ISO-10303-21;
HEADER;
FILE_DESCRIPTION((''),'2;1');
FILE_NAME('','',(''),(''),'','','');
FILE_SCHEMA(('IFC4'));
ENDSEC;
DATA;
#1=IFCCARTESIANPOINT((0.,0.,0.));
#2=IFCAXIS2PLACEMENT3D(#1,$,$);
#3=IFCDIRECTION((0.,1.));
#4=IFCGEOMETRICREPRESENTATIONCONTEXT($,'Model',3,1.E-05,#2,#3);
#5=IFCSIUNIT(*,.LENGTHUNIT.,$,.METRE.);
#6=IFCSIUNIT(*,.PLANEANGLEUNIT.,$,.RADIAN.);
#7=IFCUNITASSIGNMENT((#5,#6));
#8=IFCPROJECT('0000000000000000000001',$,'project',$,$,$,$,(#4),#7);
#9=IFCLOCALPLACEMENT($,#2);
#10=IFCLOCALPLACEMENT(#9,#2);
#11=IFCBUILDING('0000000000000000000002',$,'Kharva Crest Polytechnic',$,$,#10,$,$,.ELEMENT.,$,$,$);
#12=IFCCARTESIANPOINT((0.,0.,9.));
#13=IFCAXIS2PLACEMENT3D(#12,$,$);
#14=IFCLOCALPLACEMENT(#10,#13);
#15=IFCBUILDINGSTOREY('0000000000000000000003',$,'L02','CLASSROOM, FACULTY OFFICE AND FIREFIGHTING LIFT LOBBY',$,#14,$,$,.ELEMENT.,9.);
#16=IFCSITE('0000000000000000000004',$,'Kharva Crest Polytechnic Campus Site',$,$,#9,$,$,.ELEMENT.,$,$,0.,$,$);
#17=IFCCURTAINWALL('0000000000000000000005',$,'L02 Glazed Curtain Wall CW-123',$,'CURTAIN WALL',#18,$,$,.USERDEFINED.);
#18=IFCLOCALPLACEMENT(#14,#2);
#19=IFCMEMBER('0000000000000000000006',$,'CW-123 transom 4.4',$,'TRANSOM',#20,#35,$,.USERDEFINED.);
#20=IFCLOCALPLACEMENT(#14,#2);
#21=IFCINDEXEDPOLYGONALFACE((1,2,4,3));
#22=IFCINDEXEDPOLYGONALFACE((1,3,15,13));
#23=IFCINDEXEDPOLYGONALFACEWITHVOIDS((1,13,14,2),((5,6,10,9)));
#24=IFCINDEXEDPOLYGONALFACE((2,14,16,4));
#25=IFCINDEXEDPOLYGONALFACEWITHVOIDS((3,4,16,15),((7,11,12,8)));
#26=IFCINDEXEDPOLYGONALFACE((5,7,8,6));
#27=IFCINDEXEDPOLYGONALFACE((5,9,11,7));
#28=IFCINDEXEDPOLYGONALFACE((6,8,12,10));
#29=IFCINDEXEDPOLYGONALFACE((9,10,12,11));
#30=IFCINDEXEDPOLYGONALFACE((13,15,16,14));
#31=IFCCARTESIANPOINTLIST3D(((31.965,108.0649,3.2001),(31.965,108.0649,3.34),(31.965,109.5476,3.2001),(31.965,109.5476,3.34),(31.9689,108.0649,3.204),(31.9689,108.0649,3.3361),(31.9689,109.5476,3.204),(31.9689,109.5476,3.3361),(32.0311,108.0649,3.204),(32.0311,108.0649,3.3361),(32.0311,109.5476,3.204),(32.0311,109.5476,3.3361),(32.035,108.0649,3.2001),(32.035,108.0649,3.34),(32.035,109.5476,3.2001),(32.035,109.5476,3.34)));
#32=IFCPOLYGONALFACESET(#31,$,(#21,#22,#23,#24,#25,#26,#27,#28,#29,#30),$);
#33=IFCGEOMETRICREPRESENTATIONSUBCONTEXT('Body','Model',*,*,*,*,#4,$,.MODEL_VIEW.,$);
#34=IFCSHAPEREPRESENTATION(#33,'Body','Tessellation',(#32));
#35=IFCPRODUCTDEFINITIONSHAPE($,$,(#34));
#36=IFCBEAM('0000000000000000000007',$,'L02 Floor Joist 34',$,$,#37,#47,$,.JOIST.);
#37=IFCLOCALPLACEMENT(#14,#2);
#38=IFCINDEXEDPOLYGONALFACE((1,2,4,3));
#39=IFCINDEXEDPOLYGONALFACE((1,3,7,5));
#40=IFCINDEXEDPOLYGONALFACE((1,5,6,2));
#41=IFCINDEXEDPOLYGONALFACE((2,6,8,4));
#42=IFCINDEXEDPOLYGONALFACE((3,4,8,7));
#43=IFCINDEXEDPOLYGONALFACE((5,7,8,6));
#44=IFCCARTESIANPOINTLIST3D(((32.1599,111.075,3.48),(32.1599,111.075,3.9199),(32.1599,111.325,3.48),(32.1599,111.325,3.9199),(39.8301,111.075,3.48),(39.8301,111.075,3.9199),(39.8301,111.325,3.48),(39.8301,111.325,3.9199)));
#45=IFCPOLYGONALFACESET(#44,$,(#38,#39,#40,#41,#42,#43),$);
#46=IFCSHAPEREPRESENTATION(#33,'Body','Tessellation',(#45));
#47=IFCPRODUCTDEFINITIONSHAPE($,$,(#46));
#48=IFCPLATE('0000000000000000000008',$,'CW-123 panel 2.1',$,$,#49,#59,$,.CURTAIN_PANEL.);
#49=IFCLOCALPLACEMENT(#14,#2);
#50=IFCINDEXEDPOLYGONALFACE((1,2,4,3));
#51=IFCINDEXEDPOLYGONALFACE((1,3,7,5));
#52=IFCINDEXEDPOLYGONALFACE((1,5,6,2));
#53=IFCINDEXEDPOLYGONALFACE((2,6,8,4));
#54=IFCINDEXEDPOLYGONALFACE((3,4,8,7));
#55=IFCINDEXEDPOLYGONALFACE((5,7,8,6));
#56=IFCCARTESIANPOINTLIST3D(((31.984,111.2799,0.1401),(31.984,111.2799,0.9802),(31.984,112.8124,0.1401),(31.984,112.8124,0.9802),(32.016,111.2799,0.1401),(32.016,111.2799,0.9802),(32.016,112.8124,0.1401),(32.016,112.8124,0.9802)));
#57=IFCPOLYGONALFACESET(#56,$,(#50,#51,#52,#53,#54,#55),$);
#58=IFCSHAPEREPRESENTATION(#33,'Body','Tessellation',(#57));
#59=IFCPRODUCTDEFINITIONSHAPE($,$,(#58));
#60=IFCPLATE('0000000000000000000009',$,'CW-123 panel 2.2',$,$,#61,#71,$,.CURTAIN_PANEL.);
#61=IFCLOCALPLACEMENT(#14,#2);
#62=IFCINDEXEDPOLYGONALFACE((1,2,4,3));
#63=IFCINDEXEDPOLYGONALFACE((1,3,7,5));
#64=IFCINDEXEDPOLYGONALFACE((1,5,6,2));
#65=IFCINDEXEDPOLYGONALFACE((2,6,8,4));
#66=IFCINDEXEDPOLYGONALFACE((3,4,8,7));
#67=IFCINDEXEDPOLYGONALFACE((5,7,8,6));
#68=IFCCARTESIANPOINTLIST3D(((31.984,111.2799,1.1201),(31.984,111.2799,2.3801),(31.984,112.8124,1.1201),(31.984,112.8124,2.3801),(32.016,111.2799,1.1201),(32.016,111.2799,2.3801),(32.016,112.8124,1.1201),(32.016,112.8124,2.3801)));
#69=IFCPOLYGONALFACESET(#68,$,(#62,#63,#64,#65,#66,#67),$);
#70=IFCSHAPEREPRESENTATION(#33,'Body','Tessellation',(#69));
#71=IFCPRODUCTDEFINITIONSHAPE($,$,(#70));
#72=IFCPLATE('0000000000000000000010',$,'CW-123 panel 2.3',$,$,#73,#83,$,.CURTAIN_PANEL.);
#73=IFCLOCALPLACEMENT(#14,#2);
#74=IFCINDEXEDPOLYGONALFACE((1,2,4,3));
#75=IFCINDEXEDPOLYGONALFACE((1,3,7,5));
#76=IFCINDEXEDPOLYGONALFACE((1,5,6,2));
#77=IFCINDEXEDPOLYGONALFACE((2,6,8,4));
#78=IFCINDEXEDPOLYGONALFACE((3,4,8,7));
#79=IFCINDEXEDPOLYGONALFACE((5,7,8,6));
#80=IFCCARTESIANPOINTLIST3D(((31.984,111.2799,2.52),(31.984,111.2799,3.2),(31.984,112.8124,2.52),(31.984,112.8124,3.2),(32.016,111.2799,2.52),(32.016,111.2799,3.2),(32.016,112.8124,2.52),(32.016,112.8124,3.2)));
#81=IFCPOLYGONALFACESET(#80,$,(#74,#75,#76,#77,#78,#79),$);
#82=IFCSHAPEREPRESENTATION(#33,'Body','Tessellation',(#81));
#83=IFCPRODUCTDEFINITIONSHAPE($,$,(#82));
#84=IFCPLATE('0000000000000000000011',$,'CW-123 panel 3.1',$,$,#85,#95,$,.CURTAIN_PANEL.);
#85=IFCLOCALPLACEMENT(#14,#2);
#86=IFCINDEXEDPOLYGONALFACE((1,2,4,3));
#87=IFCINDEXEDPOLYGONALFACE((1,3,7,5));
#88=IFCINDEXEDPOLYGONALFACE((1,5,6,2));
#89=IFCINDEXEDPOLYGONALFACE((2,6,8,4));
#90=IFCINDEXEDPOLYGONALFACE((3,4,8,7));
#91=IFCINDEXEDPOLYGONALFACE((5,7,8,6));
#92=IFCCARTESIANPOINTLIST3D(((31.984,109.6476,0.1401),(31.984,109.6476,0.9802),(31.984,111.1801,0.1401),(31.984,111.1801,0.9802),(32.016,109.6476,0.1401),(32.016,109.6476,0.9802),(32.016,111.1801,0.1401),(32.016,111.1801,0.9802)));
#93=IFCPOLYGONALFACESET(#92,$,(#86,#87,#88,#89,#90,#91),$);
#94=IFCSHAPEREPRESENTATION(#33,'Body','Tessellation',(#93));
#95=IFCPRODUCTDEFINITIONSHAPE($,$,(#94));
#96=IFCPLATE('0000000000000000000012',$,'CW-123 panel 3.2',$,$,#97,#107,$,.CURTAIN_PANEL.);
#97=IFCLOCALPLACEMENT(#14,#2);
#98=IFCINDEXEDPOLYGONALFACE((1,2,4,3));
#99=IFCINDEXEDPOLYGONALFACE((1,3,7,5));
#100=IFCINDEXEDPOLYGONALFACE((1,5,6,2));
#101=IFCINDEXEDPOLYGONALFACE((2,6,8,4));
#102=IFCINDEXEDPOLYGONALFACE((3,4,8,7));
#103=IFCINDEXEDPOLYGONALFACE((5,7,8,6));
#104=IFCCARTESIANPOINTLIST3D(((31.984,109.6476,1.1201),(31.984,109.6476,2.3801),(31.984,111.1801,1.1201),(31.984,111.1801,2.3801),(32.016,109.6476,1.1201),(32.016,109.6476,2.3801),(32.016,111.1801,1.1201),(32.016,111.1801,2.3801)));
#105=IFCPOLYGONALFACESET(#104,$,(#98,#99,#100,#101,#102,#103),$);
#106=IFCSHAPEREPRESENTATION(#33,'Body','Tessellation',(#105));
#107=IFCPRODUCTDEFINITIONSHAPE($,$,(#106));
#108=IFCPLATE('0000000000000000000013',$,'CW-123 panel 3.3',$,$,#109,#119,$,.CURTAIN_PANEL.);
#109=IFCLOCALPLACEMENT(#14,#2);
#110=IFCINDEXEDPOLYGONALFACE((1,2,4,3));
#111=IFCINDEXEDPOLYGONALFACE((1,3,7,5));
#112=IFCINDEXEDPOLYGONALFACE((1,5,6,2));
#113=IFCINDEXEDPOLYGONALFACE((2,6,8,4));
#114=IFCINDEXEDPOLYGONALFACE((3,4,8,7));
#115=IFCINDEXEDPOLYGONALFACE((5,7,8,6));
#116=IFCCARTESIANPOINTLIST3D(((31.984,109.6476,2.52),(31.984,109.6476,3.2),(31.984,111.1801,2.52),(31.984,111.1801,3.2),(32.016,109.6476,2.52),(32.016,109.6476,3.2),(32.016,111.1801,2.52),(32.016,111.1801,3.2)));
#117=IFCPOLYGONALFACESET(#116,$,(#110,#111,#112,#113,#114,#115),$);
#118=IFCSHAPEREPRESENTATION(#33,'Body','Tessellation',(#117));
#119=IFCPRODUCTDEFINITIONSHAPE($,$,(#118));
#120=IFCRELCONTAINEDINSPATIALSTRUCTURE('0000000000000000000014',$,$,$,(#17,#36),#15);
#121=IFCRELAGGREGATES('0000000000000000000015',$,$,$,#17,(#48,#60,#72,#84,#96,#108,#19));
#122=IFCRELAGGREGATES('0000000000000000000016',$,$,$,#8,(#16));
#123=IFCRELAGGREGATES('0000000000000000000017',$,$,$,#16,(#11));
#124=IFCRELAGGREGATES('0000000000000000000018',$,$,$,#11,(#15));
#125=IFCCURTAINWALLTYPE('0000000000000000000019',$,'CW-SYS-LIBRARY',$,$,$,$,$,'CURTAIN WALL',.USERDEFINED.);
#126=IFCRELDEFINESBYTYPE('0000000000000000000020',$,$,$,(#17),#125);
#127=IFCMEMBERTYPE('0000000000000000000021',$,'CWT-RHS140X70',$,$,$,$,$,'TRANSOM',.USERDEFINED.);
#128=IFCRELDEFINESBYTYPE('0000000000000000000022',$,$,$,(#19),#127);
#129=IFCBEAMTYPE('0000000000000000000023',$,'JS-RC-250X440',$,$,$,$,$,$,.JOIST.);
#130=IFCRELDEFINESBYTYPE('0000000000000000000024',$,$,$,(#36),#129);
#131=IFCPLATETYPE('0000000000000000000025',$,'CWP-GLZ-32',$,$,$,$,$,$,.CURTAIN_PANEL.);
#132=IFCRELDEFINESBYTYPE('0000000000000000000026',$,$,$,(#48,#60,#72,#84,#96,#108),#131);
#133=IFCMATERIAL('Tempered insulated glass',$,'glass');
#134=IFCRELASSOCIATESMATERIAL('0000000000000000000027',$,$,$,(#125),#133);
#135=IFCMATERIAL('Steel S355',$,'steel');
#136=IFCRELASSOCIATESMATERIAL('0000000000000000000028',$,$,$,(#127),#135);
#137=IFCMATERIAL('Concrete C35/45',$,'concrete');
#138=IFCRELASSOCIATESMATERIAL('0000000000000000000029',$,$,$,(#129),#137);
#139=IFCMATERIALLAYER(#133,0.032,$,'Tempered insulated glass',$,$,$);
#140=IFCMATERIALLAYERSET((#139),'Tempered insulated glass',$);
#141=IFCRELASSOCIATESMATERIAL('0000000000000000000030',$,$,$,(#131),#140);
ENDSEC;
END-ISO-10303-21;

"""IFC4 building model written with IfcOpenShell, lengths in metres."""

from ifc_helpers import new_model, si_unit, direction, frame, origin, origin_2d, place, context, subcontext, project, spatial, rectangle, hollow_rectangle, extrude, material, layer, layer_set, material_profile, profile_set, type_object, element, aggregate, save


model = new_model("IFC4")

# Units and contexts
model_context = context("Model", 3, precision=1e-05, world=origin(), true_north=direction((0.0, 1.0)))
body_context = subcontext(model_context, "Body", "Model", "MODEL_VIEW")
ifc_project = project(units=[si_unit("LENGTHUNIT", "METRE"), si_unit("PLANEANGLEUNIT", "RADIAN")], contexts=[model_context])

# Site, building, storey
site_placement = place(None, origin())
site = spatial("IfcSite", under=ifc_project, at=site_placement, Name="Kharva Crest Polytechnic Campus Site", CompositionType="ELEMENT", RefElevation=0.0)
building_placement = place(site_placement, origin())
building = spatial("IfcBuilding", under=site, at=building_placement, Name="Kharva Crest Polytechnic", CompositionType="ELEMENT")
storey_placement = place(building_placement, frame((0.0, 0.0, 9.0)))
storey = spatial("IfcBuildingStorey", under=building, at=storey_placement, Name="L02", Description="CLASSROOM, FACULTY OFFICE AND FIREFIGHTING LIFT LOBBY", CompositionType="ELEMENT", Elevation=9.0)

# Curtain wall, member
ifc_material_1 = material(Name="Tempered insulated glass", Category="glass")
curtain_wall_type = type_object("IfcCurtainWallType", Name="CW-SYS-LIBRARY", ElementType="CURTAIN WALL", PredefinedType="USERDEFINED", material=ifc_material_1)
curtain_wall_placement = place(storey_placement, origin())
curtain_wall = element("IfcCurtainWall", 1, at=curtain_wall_placement, inside=storey, type_object=curtain_wall_type, Name="L02 Glazed Curtain Wall CW-123", ObjectType="CURTAIN WALL", PredefinedType="USERDEFINED")
ifc_material_2 = material(Name="Steel S355", Category="steel")
ifc_material_profile_1 = material_profile(ifc_material_2, hollow_rectangle(XDim=0.0701, YDim=0.1399, WallThickness=0.0039, at=origin_2d()), Name="RHS 140X70X4.0")
ifc_profile_set_1 = profile_set([ifc_material_profile_1], Name="Steel S355")
member_type_1 = type_object("IfcMemberType", Name="CWT-RHS140X70", ElementType="TRANSOM", PredefinedType="USERDEFINED", material=ifc_profile_set_1)
member_1_placement = place(storey_placement, frame((32.0, 109.5476, 3.27), z_axis=(0.0, -1.0, 0.0), x_axis=(1.0, 0.0, 0.0)))
member_1 = element("IfcMember", 2, at=member_1_placement, type_object=member_type_1, Name="CW-123 transom 4.4", ObjectType="TRANSOM", PredefinedType="USERDEFINED", context=body_context, shape_type="SweptSolid", body=[
    extrude(hollow_rectangle(XDim=0.0701, YDim=0.1399, WallThickness=0.0039, at=origin_2d()), origin(), (0.0, 0.0, 1.0), 1.4827),
])

# Beam
ifc_material_3 = material(Name="Concrete C35/45", Category="concrete")
ifc_material_profile_2 = material_profile(ifc_material_3, rectangle(XDim=0.25, YDim=0.4399, at=origin_2d()), Name="RECT 250 X 440")
ifc_profile_set_2 = profile_set([ifc_material_profile_2], Name="Concrete C35/45")
beam_type = type_object("IfcBeamType", Name="JS-RC-250X440", PredefinedType="JOIST", material=ifc_profile_set_2)
beam_placement = place(storey_placement, frame((32.1599, 111.2, 3.7), z_axis=(1.0, 0.0, 0.0), x_axis=(0.0, 1.0, 0.0)))
element("IfcBeam", 3, at=beam_placement, inside=storey, type_object=beam_type, Name="L02 Floor Joist 34", PredefinedType="JOIST", context=body_context, shape_type="SweptSolid", body=[
    extrude(rectangle(XDim=0.25, YDim=0.4399, at=origin_2d()), origin(), (0.0, 0.0, 1.0), 7.6702),
])

# Plates
ifc_layer = layer(ifc_material_1, 0.032, Name="Tempered insulated glass")
ifc_layer_set = layer_set([ifc_layer], Name="Tempered insulated glass")
plate_type = type_object("IfcPlateType", Name="CWP-GLZ-32", PredefinedType="CURTAIN_PANEL", material=ifc_layer_set)
plate_1_placement = place(storey_placement, frame((32.0, 112.0461, 0.1401), z_axis=(0.0, 0.0, 1.0), x_axis=(0.0, -1.0, 0.0)))
plate_1 = element("IfcPlate", 4, at=plate_1_placement, type_object=plate_type, Name="CW-123 panel 2.1", PredefinedType="CURTAIN_PANEL", context=body_context, shape_type="SweptSolid", body=[
    extrude(rectangle(XDim=1.5325, YDim=0.032, at=origin_2d()), origin(), (0.0, 0.0, 1.0), 0.8401),
])
plate_2_placement = place(storey_placement, frame((32.0, 112.0461, 1.1201), z_axis=(0.0, 0.0, 1.0), x_axis=(0.0, -1.0, 0.0)))
plate_2 = element("IfcPlate", 5, at=plate_2_placement, type_object=plate_type, Name="CW-123 panel 2.2", PredefinedType="CURTAIN_PANEL", context=body_context, shape_type="SweptSolid", body=[
    extrude(rectangle(XDim=1.5325, YDim=0.032, at=origin_2d()), origin(), (0.0, 0.0, 1.0), 1.26),
])
plate_3_placement = place(storey_placement, frame((32.0, 112.0461, 2.52), z_axis=(0.0, 0.0, 1.0), x_axis=(0.0, -1.0, 0.0)))
plate_3 = element("IfcPlate", 6, at=plate_3_placement, type_object=plate_type, Name="CW-123 panel 2.3", PredefinedType="CURTAIN_PANEL", context=body_context, shape_type="SweptSolid", body=[
    extrude(rectangle(XDim=1.5325, YDim=0.032, at=origin_2d()), origin(), (0.0, 0.0, 1.0), 0.6799),
])
plate_4_placement = place(storey_placement, frame((32.0, 110.4138, 0.1401), z_axis=(0.0, 0.0, 1.0), x_axis=(0.0, -1.0, 0.0)))
plate_4 = element("IfcPlate", 7, at=plate_4_placement, type_object=plate_type, Name="CW-123 panel 3.1", PredefinedType="CURTAIN_PANEL", context=body_context, shape_type="SweptSolid", body=[
    extrude(rectangle(XDim=1.5325, YDim=0.032, at=origin_2d()), origin(), (0.0, 0.0, 1.0), 0.8401),
])
plate_5_placement = place(storey_placement, frame((32.0, 110.4138, 1.1201), z_axis=(0.0, 0.0, 1.0), x_axis=(0.0, -1.0, 0.0)))
plate_5 = element("IfcPlate", 8, at=plate_5_placement, type_object=plate_type, Name="CW-123 panel 3.2", PredefinedType="CURTAIN_PANEL", context=body_context, shape_type="SweptSolid", body=[
    extrude(rectangle(XDim=1.5325, YDim=0.032, at=origin_2d()), origin(), (0.0, 0.0, 1.0), 1.26),
])
plate_6_placement = place(storey_placement, frame((32.0, 110.4138, 2.52), z_axis=(0.0, 0.0, 1.0), x_axis=(0.0, -1.0, 0.0)))
plate_6 = element("IfcPlate", 9, at=plate_6_placement, type_object=plate_type, Name="CW-123 panel 3.3", PredefinedType="CURTAIN_PANEL", context=body_context, shape_type="SweptSolid", body=[
    extrude(rectangle(XDim=1.5325, YDim=0.032, at=origin_2d()), origin(), (0.0, 0.0, 1.0), 0.6799),
])
aggregate(curtain_wall, [plate_1, plate_2, plate_3, plate_4, plate_5, plate_6, member_1])

save(model, "model.ifc")
